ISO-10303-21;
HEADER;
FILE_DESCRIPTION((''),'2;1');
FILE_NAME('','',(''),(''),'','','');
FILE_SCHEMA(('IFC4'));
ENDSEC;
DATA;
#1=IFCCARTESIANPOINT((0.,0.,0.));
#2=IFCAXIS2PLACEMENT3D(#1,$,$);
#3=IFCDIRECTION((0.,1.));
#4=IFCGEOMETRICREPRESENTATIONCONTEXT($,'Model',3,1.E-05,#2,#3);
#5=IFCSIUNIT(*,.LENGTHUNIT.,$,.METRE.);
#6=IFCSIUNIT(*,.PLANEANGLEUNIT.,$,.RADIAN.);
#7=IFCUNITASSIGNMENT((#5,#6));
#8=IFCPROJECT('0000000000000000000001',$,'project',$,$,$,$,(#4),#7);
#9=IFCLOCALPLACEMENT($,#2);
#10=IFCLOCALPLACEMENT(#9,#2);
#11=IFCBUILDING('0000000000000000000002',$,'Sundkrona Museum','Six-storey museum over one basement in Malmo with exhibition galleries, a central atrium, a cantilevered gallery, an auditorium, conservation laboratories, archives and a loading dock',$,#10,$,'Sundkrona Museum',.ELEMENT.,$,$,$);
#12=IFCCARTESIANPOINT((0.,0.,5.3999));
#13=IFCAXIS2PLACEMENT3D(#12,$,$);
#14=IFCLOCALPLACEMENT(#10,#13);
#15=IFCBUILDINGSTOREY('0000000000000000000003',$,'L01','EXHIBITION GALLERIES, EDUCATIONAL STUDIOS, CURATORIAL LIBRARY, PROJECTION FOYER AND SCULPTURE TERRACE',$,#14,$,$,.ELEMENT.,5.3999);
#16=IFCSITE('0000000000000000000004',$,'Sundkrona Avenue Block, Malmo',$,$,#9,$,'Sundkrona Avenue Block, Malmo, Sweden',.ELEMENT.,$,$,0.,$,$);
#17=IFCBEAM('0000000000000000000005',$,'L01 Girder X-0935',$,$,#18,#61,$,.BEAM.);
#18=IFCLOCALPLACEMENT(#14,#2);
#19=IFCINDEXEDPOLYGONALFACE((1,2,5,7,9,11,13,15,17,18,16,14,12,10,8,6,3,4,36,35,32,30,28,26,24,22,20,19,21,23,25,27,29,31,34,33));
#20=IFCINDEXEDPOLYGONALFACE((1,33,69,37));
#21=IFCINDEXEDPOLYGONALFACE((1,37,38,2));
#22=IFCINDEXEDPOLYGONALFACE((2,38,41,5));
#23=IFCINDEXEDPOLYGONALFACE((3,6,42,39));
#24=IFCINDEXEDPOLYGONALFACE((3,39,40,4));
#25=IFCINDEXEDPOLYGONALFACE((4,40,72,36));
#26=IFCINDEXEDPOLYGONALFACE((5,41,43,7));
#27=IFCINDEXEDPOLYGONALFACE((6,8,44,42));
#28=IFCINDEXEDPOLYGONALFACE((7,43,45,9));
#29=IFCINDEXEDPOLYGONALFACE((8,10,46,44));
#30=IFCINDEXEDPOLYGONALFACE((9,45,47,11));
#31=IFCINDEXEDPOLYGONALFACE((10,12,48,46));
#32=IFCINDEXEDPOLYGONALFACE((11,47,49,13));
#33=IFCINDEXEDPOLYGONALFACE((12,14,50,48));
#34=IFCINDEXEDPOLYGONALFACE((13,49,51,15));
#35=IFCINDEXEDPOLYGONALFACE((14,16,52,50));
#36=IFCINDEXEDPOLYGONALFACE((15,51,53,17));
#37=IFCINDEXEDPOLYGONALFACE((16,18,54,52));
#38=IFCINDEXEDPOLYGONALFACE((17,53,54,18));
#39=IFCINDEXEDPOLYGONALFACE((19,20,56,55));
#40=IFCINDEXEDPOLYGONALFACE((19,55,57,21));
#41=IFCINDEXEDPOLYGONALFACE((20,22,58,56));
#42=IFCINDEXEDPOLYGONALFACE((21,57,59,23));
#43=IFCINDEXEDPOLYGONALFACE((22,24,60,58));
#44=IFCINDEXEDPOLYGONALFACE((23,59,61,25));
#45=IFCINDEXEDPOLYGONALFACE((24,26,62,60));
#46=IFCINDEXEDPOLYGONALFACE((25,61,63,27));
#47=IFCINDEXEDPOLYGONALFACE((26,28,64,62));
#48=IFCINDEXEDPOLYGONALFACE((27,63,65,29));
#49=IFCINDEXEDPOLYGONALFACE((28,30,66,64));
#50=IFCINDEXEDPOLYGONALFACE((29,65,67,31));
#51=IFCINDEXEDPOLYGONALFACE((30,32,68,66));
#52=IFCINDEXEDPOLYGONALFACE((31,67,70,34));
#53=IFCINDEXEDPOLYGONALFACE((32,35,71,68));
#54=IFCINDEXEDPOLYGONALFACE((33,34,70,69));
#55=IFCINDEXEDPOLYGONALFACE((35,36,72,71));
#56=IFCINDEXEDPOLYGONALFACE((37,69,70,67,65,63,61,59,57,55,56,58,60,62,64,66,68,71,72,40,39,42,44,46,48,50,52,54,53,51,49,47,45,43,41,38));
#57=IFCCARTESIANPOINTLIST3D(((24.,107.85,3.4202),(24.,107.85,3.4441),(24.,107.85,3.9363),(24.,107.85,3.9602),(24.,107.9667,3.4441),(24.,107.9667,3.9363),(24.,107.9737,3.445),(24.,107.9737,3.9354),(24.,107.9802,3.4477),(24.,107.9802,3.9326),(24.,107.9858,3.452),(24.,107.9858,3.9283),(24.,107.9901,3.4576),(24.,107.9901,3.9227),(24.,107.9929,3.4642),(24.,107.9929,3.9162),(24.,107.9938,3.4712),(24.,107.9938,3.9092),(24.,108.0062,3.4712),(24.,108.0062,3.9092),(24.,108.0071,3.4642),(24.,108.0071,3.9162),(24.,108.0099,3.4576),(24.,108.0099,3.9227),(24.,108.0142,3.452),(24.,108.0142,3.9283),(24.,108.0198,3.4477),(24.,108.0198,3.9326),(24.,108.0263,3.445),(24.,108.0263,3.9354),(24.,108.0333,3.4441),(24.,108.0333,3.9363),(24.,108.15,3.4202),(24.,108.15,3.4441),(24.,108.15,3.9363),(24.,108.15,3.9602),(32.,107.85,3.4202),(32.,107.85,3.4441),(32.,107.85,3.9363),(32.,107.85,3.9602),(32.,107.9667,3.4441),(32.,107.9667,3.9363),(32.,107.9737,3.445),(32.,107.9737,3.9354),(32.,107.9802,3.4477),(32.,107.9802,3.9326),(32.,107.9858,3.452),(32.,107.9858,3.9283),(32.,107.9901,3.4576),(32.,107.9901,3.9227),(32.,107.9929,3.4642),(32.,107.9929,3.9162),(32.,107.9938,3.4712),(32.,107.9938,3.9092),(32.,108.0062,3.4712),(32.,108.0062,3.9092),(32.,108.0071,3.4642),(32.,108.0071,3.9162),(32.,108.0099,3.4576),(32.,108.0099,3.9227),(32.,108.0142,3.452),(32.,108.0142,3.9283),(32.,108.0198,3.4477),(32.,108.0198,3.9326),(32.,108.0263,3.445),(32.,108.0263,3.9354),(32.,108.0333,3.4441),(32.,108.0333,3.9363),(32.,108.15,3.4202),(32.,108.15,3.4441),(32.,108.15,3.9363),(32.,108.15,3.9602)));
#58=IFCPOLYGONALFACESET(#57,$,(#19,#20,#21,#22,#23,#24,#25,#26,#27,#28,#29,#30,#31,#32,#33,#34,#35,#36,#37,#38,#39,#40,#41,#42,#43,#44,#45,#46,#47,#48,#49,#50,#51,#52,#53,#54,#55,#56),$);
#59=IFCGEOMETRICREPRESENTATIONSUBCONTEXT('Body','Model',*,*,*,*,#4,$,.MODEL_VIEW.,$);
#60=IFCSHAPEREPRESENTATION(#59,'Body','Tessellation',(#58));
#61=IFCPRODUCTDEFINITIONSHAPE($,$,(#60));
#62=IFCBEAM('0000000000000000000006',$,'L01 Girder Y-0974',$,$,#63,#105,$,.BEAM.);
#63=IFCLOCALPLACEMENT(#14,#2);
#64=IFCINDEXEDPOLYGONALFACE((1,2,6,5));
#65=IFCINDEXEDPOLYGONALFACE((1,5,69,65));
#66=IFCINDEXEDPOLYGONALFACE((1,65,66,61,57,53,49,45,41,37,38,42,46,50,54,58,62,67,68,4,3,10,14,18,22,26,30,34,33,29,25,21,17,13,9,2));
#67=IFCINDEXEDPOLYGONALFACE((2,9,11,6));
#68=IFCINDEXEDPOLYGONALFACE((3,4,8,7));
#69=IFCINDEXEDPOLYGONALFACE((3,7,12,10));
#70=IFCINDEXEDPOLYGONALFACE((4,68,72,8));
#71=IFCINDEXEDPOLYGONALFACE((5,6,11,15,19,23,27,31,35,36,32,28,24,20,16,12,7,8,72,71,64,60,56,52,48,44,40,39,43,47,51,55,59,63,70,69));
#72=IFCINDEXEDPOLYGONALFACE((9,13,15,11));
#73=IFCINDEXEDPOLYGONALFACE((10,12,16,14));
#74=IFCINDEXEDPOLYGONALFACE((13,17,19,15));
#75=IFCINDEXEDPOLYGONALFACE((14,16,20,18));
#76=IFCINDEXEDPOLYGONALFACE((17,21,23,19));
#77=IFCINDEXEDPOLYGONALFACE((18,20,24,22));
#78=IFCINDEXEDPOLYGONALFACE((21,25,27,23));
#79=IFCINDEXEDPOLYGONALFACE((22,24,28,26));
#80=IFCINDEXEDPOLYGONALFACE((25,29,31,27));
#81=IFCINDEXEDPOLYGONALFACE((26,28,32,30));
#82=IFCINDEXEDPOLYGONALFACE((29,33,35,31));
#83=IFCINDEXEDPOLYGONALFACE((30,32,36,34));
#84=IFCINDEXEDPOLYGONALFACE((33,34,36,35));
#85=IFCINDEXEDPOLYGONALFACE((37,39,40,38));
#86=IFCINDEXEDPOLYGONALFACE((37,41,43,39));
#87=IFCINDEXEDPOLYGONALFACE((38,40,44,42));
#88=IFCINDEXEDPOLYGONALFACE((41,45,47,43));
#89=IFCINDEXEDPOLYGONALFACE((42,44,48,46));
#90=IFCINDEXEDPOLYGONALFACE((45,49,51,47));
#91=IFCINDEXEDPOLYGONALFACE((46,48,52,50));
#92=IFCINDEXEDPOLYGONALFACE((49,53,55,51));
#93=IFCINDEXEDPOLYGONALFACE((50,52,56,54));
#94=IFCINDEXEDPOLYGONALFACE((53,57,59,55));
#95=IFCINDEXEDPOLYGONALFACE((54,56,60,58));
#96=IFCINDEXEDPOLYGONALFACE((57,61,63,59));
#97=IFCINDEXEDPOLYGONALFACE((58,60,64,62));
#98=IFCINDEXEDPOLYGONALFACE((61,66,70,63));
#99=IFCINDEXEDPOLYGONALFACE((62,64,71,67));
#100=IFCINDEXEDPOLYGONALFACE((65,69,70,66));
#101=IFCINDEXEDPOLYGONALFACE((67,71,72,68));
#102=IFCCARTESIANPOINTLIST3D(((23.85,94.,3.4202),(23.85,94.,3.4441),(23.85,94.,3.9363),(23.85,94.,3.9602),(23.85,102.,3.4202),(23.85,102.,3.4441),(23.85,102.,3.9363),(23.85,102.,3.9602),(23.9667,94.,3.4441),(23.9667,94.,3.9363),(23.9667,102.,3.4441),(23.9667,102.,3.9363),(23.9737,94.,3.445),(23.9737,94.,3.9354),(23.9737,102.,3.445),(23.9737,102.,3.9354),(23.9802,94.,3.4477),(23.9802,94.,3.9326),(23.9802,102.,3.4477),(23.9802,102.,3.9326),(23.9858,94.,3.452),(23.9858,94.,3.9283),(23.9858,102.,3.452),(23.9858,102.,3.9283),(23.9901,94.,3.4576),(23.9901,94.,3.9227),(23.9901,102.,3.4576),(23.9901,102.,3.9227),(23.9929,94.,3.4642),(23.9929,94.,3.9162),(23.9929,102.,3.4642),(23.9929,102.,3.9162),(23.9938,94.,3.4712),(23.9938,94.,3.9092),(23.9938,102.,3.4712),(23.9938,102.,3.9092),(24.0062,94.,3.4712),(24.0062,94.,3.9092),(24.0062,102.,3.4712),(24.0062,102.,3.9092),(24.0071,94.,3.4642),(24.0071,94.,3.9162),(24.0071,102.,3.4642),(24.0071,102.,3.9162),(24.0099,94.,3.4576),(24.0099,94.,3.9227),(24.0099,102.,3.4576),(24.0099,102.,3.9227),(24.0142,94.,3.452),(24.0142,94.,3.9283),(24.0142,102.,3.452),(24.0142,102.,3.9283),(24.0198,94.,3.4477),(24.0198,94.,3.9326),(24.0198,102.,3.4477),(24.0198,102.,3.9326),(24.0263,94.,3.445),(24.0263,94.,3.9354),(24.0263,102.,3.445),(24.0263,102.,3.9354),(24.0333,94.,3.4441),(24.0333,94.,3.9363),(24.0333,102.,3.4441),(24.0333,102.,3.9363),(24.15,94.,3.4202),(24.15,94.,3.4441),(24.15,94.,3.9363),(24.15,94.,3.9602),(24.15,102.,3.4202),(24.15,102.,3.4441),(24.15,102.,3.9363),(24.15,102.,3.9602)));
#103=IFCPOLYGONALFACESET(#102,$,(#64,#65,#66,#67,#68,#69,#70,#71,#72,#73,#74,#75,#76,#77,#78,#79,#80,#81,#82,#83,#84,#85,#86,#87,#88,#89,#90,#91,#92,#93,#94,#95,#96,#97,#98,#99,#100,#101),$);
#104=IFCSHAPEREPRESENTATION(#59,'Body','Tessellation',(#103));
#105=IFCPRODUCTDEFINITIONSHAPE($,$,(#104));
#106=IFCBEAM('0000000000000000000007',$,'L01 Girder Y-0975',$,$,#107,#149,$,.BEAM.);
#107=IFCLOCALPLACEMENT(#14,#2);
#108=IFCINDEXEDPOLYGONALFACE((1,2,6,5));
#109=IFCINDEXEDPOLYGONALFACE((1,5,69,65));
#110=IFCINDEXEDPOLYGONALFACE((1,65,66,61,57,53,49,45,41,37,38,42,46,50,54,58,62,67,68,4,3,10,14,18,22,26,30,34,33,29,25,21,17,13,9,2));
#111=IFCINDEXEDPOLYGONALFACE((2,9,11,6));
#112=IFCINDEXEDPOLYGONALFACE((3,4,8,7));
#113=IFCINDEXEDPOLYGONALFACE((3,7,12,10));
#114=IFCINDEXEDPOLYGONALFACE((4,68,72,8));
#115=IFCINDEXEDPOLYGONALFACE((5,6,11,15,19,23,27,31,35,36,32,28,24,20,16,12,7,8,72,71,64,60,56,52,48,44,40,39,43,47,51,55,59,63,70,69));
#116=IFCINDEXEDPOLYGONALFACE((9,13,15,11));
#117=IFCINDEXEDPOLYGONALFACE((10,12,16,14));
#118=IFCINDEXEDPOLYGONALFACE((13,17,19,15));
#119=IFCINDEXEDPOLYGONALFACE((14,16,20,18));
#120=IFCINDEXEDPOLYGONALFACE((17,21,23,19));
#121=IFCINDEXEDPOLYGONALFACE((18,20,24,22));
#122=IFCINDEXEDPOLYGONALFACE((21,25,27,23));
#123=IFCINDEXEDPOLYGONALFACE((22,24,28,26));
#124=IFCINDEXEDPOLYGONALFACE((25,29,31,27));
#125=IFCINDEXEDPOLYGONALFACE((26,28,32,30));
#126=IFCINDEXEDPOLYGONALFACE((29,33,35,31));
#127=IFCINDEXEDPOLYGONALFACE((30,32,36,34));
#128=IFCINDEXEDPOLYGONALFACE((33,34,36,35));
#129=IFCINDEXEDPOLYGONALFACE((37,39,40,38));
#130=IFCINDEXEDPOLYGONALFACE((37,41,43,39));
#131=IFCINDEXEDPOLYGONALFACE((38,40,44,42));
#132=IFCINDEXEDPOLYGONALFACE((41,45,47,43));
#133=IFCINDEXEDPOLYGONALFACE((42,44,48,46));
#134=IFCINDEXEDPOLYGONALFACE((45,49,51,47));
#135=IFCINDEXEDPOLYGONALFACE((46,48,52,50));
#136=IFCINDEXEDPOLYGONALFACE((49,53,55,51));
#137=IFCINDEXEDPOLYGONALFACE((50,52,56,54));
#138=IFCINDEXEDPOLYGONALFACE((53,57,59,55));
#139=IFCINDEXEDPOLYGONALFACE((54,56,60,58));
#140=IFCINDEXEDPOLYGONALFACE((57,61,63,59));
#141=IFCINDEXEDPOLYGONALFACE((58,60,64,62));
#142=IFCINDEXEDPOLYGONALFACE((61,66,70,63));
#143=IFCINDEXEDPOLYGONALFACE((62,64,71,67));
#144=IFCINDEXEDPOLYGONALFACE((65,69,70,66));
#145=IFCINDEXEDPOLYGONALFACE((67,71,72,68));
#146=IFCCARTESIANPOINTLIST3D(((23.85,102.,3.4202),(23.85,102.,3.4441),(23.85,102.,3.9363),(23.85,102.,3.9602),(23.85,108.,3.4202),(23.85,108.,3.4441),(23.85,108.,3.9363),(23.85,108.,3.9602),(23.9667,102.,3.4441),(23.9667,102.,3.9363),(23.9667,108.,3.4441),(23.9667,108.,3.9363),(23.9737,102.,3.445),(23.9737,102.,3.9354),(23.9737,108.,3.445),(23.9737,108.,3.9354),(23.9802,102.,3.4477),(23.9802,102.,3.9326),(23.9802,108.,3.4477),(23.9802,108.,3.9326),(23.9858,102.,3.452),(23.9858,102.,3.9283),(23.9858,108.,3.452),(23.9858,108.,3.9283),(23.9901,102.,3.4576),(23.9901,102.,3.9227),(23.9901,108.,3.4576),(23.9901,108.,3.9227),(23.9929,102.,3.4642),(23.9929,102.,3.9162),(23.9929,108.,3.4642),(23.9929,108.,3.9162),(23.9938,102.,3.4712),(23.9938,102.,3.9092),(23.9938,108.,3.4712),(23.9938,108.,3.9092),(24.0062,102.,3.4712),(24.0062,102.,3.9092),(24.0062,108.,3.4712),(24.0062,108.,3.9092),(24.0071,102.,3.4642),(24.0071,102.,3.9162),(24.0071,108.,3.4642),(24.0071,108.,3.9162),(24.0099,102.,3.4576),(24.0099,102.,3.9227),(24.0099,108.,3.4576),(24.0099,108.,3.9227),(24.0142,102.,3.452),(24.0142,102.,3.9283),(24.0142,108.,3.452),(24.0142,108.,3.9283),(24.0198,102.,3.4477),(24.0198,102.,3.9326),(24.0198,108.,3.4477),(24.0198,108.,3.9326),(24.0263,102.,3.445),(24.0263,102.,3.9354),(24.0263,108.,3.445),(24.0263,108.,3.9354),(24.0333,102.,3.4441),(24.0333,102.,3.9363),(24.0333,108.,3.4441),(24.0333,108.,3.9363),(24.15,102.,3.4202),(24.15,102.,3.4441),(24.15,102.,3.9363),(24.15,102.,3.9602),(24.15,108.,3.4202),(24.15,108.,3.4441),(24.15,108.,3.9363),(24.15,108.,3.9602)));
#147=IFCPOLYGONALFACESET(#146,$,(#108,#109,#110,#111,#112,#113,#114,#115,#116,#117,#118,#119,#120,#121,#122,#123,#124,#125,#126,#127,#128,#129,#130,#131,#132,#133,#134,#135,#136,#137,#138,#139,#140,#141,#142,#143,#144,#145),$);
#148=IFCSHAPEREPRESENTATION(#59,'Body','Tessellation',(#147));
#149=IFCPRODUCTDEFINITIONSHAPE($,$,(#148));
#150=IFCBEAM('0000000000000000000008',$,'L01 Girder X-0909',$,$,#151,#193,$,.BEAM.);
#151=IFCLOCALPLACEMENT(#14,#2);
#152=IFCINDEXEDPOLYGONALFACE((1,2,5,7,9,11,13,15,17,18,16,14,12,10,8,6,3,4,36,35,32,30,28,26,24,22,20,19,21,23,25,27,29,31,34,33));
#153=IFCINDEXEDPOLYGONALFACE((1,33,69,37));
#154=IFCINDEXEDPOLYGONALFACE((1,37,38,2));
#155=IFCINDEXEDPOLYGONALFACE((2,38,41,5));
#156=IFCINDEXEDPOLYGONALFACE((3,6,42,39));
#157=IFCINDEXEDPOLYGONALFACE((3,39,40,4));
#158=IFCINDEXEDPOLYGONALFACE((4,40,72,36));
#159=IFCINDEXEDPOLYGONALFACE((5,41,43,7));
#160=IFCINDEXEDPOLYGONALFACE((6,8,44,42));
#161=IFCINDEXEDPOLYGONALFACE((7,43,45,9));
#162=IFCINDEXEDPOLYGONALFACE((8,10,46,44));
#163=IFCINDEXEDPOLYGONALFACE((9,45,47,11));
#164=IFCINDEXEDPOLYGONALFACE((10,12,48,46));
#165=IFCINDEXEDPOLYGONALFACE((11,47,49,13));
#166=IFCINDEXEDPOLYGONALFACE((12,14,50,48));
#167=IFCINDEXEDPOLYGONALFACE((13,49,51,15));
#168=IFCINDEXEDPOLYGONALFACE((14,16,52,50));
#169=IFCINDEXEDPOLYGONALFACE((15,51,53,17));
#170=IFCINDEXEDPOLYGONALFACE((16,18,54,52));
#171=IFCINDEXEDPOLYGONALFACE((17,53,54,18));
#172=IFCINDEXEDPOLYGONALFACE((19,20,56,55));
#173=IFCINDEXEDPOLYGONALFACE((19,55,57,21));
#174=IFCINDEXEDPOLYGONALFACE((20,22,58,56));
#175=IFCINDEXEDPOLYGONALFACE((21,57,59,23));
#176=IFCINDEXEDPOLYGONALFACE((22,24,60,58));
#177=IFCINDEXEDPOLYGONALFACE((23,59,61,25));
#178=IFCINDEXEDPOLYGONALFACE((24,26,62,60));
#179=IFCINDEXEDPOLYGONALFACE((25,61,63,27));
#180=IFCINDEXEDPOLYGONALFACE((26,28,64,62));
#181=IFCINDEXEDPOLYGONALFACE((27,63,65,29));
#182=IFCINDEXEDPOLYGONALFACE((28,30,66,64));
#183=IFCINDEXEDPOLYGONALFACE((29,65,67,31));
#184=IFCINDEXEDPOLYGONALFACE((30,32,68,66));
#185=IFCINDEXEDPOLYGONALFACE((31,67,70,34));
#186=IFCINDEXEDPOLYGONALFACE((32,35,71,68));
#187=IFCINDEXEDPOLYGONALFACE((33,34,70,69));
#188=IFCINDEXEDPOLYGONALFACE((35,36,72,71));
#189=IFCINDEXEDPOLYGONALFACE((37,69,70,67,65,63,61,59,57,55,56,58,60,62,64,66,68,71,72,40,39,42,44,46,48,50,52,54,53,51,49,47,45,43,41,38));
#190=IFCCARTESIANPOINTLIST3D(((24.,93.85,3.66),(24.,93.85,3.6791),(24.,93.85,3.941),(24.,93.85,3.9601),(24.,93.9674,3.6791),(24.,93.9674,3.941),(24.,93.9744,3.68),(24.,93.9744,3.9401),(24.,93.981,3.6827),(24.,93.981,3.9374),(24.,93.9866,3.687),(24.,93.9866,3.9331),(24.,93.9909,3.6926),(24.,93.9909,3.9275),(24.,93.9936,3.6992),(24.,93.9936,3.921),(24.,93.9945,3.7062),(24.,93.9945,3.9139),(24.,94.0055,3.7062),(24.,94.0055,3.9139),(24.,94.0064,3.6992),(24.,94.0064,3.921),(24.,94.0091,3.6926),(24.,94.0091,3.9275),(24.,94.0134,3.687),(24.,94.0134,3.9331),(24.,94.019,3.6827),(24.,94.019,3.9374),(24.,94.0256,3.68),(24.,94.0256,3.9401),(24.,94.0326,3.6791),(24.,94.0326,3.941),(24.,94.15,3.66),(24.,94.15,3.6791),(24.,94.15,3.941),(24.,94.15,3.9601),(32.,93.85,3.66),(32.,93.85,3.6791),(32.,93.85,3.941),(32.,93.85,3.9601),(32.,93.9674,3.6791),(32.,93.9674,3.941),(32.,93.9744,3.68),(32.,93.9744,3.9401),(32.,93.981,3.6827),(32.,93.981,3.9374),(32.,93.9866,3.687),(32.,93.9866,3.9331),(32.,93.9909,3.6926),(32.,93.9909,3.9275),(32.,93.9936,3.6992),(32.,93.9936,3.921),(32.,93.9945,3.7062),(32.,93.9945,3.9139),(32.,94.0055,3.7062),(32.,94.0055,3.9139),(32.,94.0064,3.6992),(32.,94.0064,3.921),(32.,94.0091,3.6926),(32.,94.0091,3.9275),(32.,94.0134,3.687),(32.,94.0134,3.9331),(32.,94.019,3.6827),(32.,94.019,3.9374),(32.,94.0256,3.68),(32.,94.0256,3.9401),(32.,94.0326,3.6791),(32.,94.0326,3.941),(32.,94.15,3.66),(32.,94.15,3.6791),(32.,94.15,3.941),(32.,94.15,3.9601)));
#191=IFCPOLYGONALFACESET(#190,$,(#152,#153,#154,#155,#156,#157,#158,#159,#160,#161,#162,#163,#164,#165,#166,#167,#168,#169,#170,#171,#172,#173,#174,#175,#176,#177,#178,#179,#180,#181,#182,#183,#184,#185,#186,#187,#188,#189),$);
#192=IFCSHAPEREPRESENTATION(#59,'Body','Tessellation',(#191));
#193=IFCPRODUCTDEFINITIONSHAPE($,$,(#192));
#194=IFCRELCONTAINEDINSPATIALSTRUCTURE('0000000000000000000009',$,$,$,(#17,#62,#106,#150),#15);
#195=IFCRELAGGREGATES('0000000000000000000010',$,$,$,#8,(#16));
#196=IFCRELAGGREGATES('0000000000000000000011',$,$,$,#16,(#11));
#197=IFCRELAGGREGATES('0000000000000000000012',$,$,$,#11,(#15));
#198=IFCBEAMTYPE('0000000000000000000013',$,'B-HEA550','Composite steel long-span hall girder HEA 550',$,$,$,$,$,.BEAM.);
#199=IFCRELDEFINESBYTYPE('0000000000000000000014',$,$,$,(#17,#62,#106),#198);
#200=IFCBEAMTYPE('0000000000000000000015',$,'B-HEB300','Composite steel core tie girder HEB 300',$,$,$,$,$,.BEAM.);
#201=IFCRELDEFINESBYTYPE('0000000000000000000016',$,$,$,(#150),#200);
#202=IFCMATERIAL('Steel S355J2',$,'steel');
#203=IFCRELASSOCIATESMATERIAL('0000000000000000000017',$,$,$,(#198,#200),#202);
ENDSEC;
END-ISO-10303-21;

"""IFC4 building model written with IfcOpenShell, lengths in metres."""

from ifc_helpers import new_model, si_unit, direction, frame, origin, origin_2d, place, context, subcontext, project, spatial, i_section, extrude, material, material_profile, profile_set, type_object, element, save


model = new_model("IFC4")

# Units and contexts
model_context = context("Model", 3, precision=1e-05, world=origin(), true_north=direction((0.0, 1.0)))
body_context = subcontext(model_context, "Body", "Model", "MODEL_VIEW")
ifc_project = project(units=[si_unit("LENGTHUNIT", "METRE"), si_unit("PLANEANGLEUNIT", "RADIAN")], contexts=[model_context])

# Site, building, storey
site_placement = place(None, origin())
site = spatial("IfcSite", under=ifc_project, at=site_placement, Name="Sundkrona Avenue Block, Malmo", LongName="Sundkrona Avenue Block, Malmo, Sweden", CompositionType="ELEMENT", RefElevation=0.0)
building_placement = place(site_placement, origin())
building = spatial("IfcBuilding", under=site, at=building_placement, Name="Sundkrona Museum", Description="Six-storey museum over one basement in Malmo with exhibition galleries, a central atrium, a cantilevered gallery, an auditorium, conservation laboratories, archives and a loading dock", LongName="Sundkrona Museum", CompositionType="ELEMENT")
storey_placement = place(building_placement, frame((0.0, 0.0, 5.3999)))
storey = spatial("IfcBuildingStorey", under=building, at=storey_placement, Name="L01", Description="EXHIBITION GALLERIES, EDUCATIONAL STUDIOS, CURATORIAL LIBRARY, PROJECTION FOYER AND SCULPTURE TERRACE", CompositionType="ELEMENT", Elevation=5.3999)

# Shared definitions
ifc_material_1 = material(Name="Steel S355J2", Category="steel")

# Beams
ifc_material_profile_1 = material_profile(ifc_material_1, i_section(OverallWidth=0.3, OverallDepth=0.54, WebThickness=0.0125, FlangeThickness=0.0239, FilletRadius=0.0271, at=origin_2d()), Name="HEA 550")
ifc_profile_set_1 = profile_set([ifc_material_profile_1], Name="Steel S355J2")
beam_type_1 = type_object("IfcBeamType", Name="B-HEA550", Description="Composite steel long-span hall girder HEA 550", PredefinedType="BEAM", material=ifc_profile_set_1)
for number, where, z_axis, x_axis, name in (
    (1, (24.0, 108.0, 3.6902), (1.0, 0.0, 0.0), (0.0, 1.0, 0.0), "L01 Girder X-0935"),
    (2, (24.0, 94.0, 3.6902), (0.0, 1.0, 0.0), (-1.0, 0.0, 0.0), "L01 Girder Y-0974"),
):
    element("IfcBeam", number, at=place(storey_placement, frame(where, z_axis=z_axis, x_axis=x_axis)), inside=storey, type_object=beam_type_1, Name=name, PredefinedType="BEAM", context=body_context, shape_type="SweptSolid", body=[
        extrude(i_section(OverallWidth=0.3, OverallDepth=0.54, WebThickness=0.0125, FlangeThickness=0.0239, FilletRadius=0.0271, at=origin_2d()), origin(), (0.0, 0.0, 1.0), 8.0),
    ])
beam_1_placement = place(storey_placement, frame((24.0, 102.0, 3.6902), z_axis=(0.0, 1.0, 0.0), x_axis=(-1.0, 0.0, 0.0)))
element("IfcBeam", 3, at=beam_1_placement, inside=storey, type_object=beam_type_1, Name="L01 Girder Y-0975", PredefinedType="BEAM", context=body_context, shape_type="SweptSolid", body=[
    extrude(i_section(OverallWidth=0.3, OverallDepth=0.54, WebThickness=0.0125, FlangeThickness=0.0239, FilletRadius=0.0271, at=origin_2d()), origin(), (0.0, 0.0, 1.0), 6.0),
])
ifc_material_profile_2 = material_profile(ifc_material_1, i_section(OverallWidth=0.3, OverallDepth=0.3, WebThickness=0.011, FlangeThickness=0.019, FilletRadius=0.0271, at=origin_2d()), Name="HEB 300")
ifc_profile_set_2 = profile_set([ifc_material_profile_2], Name="Steel S355J2")
beam_type_2 = type_object("IfcBeamType", Name="B-HEB300", Description="Composite steel core tie girder HEB 300", PredefinedType="BEAM", material=ifc_profile_set_2)
beam_2_placement = place(storey_placement, frame((24.0, 94.0, 3.8101), z_axis=(1.0, 0.0, 0.0), x_axis=(0.0, 1.0, 0.0)))
element("IfcBeam", 4, at=beam_2_placement, inside=storey, type_object=beam_type_2, Name="L01 Girder X-0909", PredefinedType="BEAM", context=body_context, shape_type="SweptSolid", body=[
    extrude(i_section(OverallWidth=0.3, OverallDepth=0.3, WebThickness=0.011, FlangeThickness=0.019, FilletRadius=0.0271, at=origin_2d()), origin(), (0.0, 0.0, 1.0), 8.0),
])

save(model, "model.ifc")
